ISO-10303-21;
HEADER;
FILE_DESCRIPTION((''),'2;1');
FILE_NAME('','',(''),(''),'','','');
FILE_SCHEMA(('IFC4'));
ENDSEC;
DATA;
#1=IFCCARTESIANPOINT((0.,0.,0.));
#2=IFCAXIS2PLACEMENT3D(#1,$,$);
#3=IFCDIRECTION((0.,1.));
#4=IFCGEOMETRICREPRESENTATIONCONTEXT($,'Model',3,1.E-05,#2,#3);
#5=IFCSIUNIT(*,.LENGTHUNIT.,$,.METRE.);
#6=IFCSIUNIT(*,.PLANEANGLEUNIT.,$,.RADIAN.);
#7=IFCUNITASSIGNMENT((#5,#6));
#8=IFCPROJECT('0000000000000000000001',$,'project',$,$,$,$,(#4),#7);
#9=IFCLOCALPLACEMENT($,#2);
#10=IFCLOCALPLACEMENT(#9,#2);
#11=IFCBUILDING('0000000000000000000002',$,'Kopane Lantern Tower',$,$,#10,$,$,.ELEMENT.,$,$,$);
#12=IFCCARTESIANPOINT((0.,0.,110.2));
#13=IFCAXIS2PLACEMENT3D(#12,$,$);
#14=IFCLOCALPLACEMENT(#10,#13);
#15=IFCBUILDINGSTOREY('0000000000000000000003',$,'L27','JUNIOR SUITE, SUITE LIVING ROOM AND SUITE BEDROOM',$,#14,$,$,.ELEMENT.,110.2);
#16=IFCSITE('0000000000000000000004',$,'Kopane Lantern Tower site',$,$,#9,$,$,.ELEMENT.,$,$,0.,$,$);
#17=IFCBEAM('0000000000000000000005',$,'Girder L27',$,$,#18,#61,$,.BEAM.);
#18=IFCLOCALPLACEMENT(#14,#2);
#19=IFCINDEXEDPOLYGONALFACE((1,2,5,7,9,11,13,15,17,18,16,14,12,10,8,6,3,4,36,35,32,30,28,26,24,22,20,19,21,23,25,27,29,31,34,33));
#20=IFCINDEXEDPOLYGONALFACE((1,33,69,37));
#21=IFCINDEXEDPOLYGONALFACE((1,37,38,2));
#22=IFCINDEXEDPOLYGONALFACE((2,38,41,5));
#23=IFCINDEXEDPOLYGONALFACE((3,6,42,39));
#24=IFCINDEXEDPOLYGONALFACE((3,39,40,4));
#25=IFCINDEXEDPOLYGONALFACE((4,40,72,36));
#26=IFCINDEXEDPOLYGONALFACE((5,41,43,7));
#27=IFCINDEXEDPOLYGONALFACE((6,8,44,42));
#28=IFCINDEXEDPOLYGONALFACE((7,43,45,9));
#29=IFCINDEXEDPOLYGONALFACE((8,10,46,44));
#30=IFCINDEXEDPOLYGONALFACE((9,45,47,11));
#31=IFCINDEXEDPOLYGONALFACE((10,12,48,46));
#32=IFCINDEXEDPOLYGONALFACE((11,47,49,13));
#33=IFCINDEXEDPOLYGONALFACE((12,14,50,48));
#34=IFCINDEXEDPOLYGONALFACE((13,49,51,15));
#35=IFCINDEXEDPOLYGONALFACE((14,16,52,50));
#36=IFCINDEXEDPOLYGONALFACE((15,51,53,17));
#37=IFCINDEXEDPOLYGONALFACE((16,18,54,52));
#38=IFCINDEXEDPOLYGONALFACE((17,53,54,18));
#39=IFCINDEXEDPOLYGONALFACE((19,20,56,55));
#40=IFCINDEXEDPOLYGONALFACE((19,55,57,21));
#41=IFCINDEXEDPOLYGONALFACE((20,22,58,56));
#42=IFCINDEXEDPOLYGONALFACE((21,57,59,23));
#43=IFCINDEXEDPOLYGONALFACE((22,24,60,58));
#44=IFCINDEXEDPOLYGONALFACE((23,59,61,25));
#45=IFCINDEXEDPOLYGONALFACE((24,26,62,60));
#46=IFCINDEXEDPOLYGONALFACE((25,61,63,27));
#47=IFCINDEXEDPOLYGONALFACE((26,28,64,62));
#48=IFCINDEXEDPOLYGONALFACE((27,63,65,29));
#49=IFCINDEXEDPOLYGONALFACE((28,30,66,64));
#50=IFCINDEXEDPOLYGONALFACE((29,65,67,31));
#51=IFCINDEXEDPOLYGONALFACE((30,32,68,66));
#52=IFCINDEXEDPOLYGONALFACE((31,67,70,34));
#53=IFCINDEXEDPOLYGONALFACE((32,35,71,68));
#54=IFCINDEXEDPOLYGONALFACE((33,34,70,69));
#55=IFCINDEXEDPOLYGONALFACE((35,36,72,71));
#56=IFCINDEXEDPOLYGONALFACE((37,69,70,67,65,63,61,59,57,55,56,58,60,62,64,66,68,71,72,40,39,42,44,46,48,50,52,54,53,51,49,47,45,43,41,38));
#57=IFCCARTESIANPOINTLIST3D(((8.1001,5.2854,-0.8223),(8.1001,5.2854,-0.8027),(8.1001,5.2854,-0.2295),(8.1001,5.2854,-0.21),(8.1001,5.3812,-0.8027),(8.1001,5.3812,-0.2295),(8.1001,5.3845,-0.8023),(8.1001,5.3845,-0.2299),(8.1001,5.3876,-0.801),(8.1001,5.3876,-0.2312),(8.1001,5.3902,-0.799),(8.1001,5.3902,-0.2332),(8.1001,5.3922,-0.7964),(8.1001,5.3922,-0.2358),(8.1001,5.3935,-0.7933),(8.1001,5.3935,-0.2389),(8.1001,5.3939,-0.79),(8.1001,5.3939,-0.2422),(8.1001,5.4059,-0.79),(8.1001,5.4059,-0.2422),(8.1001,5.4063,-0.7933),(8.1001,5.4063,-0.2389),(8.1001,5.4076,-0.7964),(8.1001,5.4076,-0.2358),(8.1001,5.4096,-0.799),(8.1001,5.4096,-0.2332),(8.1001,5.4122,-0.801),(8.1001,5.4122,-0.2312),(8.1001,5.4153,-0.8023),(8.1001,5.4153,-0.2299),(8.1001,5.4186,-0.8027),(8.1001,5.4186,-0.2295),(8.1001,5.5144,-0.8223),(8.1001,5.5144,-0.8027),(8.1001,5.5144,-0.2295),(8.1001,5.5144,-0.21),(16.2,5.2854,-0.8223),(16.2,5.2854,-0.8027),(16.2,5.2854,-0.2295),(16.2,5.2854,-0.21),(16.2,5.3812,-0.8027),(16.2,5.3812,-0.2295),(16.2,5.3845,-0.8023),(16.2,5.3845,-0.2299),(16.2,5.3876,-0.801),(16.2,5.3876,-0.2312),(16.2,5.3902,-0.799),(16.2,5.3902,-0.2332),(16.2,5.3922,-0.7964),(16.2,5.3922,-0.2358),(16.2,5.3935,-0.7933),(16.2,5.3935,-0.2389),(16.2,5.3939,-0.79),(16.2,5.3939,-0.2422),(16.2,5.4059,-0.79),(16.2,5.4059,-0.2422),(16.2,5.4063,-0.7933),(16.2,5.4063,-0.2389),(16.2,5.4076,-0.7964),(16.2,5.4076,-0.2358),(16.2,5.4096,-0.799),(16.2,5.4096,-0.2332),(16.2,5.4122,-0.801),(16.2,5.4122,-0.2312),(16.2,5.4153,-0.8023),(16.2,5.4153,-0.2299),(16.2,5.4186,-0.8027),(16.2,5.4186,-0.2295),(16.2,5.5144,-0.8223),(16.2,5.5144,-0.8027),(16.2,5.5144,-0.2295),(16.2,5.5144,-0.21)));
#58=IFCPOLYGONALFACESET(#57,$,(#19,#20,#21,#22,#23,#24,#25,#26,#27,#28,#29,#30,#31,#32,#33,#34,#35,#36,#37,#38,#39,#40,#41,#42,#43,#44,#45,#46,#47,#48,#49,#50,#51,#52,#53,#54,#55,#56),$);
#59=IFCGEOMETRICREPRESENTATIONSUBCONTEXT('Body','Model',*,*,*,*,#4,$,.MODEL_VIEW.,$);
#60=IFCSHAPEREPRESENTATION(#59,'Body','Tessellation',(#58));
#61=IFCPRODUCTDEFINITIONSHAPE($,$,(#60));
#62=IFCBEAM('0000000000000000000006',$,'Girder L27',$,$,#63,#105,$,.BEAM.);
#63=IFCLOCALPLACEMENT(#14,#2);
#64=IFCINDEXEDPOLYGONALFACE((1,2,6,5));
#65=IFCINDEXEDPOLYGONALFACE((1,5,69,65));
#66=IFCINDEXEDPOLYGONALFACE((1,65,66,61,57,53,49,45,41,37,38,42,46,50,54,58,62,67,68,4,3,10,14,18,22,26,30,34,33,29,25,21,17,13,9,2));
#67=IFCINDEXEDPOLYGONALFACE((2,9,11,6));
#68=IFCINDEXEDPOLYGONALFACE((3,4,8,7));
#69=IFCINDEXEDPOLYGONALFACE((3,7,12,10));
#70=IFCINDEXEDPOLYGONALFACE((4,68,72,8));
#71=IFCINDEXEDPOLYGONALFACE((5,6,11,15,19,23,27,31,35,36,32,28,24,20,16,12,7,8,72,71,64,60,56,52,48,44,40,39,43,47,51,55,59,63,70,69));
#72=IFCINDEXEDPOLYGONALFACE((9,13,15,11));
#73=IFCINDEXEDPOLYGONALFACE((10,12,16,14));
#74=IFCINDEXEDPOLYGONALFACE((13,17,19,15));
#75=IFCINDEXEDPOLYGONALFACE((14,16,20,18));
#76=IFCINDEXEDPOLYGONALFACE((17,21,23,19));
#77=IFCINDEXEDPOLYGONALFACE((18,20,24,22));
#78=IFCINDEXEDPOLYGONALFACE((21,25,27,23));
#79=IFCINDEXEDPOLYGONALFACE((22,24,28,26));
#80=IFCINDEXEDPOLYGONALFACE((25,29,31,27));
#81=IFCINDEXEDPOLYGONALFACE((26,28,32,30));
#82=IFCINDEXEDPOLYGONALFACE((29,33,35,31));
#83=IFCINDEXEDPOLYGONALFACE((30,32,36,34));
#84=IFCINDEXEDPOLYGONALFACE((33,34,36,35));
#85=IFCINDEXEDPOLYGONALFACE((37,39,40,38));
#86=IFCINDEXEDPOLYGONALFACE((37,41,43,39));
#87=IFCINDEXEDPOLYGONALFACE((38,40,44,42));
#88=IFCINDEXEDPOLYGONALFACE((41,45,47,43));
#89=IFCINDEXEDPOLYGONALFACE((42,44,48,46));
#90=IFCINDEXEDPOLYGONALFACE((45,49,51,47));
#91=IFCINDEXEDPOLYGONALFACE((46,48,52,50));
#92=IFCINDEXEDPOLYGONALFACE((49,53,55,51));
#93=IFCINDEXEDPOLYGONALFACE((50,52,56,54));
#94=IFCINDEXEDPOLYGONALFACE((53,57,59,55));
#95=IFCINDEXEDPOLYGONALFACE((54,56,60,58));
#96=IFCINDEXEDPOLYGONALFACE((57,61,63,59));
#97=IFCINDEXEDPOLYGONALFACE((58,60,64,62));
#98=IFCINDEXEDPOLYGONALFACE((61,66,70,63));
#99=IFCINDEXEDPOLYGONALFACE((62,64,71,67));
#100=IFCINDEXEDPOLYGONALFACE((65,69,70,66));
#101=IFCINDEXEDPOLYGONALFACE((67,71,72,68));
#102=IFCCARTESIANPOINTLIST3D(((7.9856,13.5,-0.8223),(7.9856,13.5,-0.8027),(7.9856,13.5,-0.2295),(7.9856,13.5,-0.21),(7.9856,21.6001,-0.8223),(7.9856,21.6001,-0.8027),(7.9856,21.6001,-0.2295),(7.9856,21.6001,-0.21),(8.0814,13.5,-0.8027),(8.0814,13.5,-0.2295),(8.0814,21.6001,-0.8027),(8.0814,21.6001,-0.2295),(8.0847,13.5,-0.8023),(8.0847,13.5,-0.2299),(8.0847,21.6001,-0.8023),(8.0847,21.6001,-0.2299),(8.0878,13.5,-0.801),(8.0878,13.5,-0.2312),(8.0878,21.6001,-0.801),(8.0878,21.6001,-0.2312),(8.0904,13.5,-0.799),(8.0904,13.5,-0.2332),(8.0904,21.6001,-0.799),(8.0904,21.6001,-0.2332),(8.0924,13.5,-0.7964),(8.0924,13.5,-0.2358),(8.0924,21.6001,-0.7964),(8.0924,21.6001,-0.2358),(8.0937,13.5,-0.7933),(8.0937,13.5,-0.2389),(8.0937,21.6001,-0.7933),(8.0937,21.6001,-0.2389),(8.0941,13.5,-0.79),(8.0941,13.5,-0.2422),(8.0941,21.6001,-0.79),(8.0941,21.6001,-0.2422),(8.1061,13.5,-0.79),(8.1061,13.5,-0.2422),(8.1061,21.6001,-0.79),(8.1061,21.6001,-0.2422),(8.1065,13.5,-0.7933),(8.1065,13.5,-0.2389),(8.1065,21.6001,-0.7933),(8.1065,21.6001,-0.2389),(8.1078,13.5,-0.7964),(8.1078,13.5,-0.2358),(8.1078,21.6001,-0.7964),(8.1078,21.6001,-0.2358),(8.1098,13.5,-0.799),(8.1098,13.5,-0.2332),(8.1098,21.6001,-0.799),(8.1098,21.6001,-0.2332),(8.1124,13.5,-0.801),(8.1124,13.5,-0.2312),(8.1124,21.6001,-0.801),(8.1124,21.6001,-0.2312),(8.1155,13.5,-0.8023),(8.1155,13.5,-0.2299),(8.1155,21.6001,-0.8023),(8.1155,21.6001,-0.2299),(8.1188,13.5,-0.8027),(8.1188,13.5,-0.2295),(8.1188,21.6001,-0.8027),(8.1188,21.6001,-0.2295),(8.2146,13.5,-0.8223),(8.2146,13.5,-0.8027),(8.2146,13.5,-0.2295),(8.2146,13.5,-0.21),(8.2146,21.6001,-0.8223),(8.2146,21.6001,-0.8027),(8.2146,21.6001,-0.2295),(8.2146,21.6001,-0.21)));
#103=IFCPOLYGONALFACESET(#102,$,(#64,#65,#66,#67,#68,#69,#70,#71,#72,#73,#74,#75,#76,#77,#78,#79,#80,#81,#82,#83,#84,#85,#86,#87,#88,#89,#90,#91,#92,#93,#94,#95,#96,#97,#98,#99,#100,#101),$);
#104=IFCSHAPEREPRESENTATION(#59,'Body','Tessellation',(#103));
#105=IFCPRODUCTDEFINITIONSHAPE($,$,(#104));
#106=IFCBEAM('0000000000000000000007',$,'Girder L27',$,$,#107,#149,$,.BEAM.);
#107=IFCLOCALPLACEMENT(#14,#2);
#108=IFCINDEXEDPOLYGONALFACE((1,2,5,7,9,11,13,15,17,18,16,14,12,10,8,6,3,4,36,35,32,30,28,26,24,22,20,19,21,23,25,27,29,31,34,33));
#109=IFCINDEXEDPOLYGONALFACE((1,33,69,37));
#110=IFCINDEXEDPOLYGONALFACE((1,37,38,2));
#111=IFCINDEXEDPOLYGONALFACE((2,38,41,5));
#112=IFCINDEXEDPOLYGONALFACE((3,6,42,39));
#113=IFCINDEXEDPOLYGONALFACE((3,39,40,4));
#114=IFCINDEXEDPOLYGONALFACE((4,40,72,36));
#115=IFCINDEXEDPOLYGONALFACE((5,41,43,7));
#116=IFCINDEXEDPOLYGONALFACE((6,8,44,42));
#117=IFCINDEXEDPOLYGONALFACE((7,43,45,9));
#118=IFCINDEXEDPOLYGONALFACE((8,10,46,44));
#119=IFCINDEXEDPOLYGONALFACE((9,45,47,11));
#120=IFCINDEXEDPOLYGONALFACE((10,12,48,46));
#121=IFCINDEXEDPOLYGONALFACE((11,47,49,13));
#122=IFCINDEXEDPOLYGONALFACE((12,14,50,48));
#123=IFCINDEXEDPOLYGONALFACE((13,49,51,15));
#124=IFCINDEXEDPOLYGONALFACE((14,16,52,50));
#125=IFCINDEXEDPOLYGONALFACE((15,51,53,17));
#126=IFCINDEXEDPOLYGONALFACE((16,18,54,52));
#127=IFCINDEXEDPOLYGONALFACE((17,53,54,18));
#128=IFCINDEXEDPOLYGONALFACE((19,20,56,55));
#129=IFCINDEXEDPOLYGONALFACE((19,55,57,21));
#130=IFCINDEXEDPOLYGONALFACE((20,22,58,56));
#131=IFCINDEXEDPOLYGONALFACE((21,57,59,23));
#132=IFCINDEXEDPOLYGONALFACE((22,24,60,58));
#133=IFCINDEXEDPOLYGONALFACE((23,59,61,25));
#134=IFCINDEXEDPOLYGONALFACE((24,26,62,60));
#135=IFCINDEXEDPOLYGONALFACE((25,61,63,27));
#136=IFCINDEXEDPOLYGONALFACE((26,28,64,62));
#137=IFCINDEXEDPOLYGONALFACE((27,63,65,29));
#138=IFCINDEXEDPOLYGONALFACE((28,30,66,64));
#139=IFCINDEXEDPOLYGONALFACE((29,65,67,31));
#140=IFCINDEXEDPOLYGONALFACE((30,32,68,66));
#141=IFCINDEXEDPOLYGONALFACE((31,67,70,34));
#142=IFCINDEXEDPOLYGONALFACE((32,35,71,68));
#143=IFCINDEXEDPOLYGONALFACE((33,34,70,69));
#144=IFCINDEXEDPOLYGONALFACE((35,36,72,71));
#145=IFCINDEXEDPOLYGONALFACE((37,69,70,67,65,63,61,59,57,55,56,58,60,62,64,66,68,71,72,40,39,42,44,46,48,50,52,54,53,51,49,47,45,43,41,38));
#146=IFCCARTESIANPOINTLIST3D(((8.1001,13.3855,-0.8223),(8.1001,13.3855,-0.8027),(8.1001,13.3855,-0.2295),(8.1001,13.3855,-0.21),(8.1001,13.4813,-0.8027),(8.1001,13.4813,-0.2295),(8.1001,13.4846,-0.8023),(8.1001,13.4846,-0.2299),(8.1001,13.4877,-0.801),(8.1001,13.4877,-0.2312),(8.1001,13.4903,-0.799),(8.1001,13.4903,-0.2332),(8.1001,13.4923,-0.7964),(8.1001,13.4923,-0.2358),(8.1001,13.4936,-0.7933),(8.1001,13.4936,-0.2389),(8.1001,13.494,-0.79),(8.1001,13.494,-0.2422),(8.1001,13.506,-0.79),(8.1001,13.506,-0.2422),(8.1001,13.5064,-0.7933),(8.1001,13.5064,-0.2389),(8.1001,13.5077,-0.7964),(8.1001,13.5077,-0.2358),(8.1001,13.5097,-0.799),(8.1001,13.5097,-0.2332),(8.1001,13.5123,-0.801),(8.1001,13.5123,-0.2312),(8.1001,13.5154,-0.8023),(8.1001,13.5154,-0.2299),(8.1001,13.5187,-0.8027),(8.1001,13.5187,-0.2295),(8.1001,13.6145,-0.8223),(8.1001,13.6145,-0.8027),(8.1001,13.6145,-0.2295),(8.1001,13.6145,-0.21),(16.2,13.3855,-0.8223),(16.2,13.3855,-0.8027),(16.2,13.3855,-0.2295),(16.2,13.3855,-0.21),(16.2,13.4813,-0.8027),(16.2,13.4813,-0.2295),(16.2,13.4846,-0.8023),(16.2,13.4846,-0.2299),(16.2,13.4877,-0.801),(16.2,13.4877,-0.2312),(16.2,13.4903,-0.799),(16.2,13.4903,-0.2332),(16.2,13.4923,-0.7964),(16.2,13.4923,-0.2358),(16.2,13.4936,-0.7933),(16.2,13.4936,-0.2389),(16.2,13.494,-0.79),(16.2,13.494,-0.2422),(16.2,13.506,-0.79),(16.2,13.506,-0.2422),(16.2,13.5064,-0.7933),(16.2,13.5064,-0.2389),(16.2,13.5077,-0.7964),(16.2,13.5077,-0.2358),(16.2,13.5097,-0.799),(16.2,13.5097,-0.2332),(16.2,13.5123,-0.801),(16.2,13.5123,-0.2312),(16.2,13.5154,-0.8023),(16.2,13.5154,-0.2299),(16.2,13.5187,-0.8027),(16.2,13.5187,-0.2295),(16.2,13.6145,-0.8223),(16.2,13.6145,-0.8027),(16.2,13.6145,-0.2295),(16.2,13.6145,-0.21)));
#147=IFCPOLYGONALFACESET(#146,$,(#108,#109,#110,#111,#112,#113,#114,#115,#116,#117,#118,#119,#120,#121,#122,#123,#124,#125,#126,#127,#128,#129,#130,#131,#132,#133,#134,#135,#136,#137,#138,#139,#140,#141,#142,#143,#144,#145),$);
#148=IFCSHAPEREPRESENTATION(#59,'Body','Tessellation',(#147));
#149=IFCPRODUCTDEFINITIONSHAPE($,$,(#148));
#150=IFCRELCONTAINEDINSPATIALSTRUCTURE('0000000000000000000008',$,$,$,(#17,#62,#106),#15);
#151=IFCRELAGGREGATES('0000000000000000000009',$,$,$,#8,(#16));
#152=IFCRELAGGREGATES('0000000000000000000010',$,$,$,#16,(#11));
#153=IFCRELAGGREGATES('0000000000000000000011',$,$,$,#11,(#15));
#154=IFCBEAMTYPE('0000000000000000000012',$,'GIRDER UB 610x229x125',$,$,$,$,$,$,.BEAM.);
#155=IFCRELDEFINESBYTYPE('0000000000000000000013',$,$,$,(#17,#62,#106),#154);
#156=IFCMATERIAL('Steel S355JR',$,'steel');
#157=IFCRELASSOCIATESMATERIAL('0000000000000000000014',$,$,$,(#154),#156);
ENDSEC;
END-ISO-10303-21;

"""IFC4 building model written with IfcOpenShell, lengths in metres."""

from ifc_helpers import new_model, si_unit, direction, frame, origin, origin_2d, place, context, subcontext, project, spatial, i_section, extrude, material, material_profile, profile_set, type_object, element, save


model = new_model("IFC4")

# Units and contexts
model_context = context("Model", 3, precision=1e-05, world=origin(), true_north=direction((0.0, 1.0)))
body_context = subcontext(model_context, "Body", "Model", "MODEL_VIEW")
ifc_project = project(units=[si_unit("LENGTHUNIT", "METRE"), si_unit("PLANEANGLEUNIT", "RADIAN")], contexts=[model_context])

# Site, building, storey
site_placement = place(None, origin())
site = spatial("IfcSite", under=ifc_project, at=site_placement, Name="Kopane Lantern Tower site", CompositionType="ELEMENT", RefElevation=0.0)
building_placement = place(site_placement, origin())
building = spatial("IfcBuilding", under=site, at=building_placement, Name="Kopane Lantern Tower", CompositionType="ELEMENT")
storey_placement = place(building_placement, frame((0.0, 0.0, 110.2)))
storey = spatial("IfcBuildingStorey", under=building, at=storey_placement, Name="L27", Description="JUNIOR SUITE, SUITE LIVING ROOM AND SUITE BEDROOM", CompositionType="ELEMENT", Elevation=110.2)

# Beams
ifc_material_1 = material(Name="Steel S355JR", Category="steel")
ifc_material_profile_1 = material_profile(ifc_material_1, i_section(OverallWidth=0.229, OverallDepth=0.6123, WebThickness=0.012, FlangeThickness=0.0195, FilletRadius=0.0127, at=origin_2d()), Name="UB 610x229x125")
ifc_profile_set_1 = profile_set([ifc_material_profile_1], Name="Steel S355JR")
beam_type_1 = type_object("IfcBeamType", Name="GIRDER UB 610x229x125", PredefinedType="BEAM", material=ifc_profile_set_1)
beam_1_placement = place(storey_placement, frame((8.1001, 5.3999, -0.5161), z_axis=(1.0, 0.0, 0.0), x_axis=(0.0, 1.0, 0.0)))
element("IfcBeam", 1, at=beam_1_placement, inside=storey, type_object=beam_type_1, Name="Girder L27", PredefinedType="BEAM", context=body_context, shape_type="SweptSolid", body=[
    extrude(i_section(OverallWidth=0.229, OverallDepth=0.6123, WebThickness=0.012, FlangeThickness=0.0195, FilletRadius=0.0127, at=origin_2d()), origin(), (0.0, 0.0, 1.0), 8.0999),
])
beam_2_placement = place(storey_placement, frame((8.1001, 13.5, -0.5161), z_axis=(0.0, 1.0, 0.0), x_axis=(-1.0, 0.0, 0.0)))
element("IfcBeam", 2, at=beam_2_placement, inside=storey, type_object=beam_type_1, Name="Girder L27", PredefinedType="BEAM", context=body_context, shape_type="SweptSolid", body=[
    extrude(i_section(OverallWidth=0.229, OverallDepth=0.6123, WebThickness=0.012, FlangeThickness=0.0195, FilletRadius=0.0127, at=origin_2d()), origin(), (0.0, 0.0, 1.0), 8.1001),
])
beam_3_placement = place(storey_placement, frame((8.1001, 13.5, -0.5161), z_axis=(1.0, 0.0, 0.0), x_axis=(0.0, 1.0, 0.0)))
element("IfcBeam", 3, at=beam_3_placement, inside=storey, type_object=beam_type_1, Name="Girder L27", PredefinedType="BEAM", context=body_context, shape_type="SweptSolid", body=[
    extrude(i_section(OverallWidth=0.229, OverallDepth=0.6123, WebThickness=0.012, FlangeThickness=0.0195, FilletRadius=0.0127, at=origin_2d()), origin(), (0.0, 0.0, 1.0), 8.0999),
])

save(model, "model.ifc")
